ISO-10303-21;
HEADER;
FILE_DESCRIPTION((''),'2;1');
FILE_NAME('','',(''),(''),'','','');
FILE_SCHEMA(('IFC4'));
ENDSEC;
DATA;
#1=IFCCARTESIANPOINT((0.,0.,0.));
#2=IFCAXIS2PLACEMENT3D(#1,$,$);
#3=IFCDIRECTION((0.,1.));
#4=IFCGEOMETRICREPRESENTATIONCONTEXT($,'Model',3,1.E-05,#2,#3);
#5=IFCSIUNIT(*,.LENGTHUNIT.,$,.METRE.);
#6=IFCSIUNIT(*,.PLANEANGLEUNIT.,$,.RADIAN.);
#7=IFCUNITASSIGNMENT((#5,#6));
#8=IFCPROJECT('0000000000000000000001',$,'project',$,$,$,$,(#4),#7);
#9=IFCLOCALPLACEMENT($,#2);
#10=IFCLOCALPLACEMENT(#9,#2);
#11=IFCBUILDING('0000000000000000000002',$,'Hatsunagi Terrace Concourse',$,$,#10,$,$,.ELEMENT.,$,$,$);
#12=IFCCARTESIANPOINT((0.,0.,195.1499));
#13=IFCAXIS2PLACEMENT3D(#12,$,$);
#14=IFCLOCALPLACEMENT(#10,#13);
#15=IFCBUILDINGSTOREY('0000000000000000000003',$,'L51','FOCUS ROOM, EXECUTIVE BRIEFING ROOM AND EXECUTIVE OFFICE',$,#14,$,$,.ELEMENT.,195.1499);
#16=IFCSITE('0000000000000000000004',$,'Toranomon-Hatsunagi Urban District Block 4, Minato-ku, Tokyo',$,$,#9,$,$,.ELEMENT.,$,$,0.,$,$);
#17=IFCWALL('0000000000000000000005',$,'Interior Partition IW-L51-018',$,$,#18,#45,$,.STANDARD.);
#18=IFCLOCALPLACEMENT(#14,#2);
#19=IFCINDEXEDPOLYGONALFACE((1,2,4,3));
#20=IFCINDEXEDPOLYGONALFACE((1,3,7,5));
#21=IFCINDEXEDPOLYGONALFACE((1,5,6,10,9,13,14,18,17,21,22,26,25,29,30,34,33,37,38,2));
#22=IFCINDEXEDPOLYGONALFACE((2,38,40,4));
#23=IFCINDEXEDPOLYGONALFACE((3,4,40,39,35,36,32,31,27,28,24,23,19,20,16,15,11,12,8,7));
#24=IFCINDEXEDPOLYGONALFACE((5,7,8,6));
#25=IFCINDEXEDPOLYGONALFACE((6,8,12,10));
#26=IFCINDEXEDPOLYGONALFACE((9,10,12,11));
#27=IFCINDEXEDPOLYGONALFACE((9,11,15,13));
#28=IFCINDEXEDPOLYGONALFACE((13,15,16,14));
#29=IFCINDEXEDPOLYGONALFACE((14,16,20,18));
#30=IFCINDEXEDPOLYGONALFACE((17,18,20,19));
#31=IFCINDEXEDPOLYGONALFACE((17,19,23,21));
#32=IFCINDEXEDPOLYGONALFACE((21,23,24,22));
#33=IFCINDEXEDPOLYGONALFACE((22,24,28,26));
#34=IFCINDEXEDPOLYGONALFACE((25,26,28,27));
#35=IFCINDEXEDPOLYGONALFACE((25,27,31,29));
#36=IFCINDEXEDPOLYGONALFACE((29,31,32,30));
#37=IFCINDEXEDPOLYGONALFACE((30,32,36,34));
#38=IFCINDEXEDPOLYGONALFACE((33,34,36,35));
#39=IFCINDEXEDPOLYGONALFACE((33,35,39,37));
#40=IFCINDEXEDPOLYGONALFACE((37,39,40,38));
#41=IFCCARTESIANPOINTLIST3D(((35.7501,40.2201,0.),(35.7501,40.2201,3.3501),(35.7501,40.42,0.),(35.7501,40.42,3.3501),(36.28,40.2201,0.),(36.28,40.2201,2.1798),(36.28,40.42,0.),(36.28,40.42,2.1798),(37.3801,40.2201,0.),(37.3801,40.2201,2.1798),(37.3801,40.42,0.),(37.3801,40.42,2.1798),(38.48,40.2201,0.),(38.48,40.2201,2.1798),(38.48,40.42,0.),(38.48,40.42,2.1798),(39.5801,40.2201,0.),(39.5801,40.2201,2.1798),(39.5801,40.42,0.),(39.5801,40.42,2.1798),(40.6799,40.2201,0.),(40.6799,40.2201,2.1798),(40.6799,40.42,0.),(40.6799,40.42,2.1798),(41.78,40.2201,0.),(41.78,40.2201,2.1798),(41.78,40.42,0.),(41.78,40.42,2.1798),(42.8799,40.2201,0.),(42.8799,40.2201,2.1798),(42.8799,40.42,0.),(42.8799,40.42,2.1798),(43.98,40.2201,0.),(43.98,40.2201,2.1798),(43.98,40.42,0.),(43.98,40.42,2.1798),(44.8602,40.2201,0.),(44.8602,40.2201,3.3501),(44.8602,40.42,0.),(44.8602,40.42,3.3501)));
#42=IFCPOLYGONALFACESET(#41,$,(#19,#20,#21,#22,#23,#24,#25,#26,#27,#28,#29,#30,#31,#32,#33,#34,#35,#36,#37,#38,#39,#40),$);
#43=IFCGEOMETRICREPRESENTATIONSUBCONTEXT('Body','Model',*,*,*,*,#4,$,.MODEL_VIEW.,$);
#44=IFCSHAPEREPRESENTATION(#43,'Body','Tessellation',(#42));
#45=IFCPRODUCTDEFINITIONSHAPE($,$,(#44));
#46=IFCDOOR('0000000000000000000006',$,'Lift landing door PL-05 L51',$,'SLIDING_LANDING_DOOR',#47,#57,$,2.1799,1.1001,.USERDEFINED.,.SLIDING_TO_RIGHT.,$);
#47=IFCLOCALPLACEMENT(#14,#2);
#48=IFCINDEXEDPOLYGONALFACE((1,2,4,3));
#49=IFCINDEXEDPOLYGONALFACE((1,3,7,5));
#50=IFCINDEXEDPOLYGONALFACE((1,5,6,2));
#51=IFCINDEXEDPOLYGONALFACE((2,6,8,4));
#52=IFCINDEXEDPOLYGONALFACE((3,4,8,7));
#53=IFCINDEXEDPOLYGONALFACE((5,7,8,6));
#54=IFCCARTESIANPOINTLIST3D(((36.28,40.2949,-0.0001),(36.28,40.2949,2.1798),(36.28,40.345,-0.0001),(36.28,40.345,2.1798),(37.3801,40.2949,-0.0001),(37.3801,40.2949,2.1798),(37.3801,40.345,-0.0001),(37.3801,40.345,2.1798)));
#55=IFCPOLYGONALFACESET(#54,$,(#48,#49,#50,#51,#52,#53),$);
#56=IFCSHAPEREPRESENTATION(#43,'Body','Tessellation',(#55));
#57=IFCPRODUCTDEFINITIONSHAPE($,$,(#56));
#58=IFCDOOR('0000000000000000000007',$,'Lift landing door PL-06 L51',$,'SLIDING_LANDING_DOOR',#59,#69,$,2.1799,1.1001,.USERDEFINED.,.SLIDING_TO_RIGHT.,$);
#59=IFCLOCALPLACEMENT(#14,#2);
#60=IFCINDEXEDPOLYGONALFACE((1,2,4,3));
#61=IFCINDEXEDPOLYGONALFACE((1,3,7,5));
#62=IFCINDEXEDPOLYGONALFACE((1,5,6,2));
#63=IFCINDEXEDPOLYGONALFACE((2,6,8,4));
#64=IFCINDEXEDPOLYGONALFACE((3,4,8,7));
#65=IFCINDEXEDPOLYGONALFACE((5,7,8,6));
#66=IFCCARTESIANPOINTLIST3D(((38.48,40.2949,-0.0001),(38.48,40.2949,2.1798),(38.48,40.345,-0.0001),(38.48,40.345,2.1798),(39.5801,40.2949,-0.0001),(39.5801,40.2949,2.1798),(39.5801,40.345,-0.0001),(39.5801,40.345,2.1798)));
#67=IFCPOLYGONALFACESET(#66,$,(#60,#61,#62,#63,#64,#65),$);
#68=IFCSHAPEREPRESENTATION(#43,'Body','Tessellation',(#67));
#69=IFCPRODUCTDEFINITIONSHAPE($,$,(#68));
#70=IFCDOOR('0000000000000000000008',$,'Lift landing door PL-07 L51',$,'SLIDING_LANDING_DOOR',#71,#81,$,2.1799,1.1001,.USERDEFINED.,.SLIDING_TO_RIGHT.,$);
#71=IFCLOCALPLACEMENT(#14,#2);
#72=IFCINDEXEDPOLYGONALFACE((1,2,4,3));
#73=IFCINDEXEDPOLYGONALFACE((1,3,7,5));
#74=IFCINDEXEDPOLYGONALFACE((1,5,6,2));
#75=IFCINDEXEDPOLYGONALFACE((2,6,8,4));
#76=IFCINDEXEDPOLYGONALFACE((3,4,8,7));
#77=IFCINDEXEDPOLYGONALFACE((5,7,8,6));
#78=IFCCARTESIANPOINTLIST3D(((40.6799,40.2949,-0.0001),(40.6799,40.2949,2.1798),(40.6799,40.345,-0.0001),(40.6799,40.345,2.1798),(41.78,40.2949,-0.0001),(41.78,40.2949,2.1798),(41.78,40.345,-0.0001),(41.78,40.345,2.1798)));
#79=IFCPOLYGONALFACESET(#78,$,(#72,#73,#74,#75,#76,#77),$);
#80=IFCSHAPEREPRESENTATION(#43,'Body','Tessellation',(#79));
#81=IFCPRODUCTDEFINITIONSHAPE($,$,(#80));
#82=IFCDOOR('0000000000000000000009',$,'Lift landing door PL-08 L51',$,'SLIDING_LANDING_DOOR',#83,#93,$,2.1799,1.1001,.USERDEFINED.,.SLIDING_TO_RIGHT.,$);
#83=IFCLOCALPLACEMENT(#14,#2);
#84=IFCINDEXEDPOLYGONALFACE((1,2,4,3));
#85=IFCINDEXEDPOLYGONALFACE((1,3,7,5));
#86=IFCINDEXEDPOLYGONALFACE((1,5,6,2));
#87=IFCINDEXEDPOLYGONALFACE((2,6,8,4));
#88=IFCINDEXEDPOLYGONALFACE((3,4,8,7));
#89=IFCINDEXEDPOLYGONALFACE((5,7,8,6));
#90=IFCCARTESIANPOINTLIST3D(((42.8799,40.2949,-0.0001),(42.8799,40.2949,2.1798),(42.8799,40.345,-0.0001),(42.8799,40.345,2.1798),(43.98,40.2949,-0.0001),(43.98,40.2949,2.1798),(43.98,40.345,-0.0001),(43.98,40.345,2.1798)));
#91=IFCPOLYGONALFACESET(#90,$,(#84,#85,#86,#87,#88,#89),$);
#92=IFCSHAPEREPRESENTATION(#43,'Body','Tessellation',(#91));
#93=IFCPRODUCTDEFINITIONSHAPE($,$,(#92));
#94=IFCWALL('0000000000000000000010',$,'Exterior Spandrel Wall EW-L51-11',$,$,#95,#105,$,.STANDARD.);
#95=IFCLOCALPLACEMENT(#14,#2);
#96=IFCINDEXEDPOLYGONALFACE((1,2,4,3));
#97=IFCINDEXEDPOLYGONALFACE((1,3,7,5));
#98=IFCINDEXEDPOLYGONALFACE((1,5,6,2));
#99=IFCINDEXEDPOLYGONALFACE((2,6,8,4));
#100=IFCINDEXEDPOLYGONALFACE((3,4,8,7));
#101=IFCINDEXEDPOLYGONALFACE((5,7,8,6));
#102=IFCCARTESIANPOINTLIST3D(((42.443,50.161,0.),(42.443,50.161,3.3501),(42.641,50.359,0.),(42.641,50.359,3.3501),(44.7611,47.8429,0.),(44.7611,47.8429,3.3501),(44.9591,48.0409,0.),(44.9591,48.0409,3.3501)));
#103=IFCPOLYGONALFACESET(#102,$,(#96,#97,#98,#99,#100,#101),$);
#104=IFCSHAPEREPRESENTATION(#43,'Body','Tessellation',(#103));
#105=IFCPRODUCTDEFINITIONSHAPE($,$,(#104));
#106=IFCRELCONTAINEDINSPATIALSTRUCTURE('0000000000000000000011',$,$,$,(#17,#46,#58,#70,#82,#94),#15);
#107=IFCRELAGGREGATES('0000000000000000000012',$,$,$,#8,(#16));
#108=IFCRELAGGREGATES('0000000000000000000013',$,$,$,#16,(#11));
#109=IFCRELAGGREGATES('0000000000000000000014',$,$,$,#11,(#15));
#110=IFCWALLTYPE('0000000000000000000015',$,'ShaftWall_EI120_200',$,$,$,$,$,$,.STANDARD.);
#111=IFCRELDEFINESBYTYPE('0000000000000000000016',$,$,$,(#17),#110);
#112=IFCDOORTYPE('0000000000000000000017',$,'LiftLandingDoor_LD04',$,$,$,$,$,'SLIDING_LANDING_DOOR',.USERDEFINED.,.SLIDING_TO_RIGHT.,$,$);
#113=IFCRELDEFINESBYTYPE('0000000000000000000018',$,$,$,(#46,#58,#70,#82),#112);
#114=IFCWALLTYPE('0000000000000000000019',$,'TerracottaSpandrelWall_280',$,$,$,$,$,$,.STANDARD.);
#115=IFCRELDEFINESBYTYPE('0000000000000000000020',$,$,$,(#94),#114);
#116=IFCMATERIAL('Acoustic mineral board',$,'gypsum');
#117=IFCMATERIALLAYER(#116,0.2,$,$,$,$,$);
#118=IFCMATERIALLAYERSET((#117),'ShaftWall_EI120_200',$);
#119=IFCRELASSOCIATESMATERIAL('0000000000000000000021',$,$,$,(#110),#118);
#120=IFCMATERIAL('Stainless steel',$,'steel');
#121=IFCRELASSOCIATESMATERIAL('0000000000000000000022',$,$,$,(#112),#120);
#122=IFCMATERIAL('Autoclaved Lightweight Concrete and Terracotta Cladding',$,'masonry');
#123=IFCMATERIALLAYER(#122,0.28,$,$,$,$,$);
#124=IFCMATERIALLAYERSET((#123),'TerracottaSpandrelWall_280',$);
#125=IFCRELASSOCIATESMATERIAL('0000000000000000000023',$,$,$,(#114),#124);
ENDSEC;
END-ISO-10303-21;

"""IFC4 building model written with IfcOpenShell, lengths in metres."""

from ifc_helpers import new_model, si_unit, direction, frame, frame_2d, origin, place, context, subcontext, project, spatial, rectangle, extrude, material, layer, layer_set, type_object, element, fill, save


model = new_model("IFC4")

# Units and contexts
model_context = context("Model", 3, precision=1e-05, world=origin(), true_north=direction((0.0, 1.0)))
body_context = subcontext(model_context, "Body", "Model", "MODEL_VIEW")
ifc_project = project(units=[si_unit("LENGTHUNIT", "METRE"), si_unit("PLANEANGLEUNIT", "RADIAN")], contexts=[model_context])

# Site, building, storey
site_placement = place(None, origin())
site = spatial("IfcSite", under=ifc_project, at=site_placement, Name="Toranomon-Hatsunagi Urban District Block 4, Minato-ku, Tokyo", CompositionType="ELEMENT", RefElevation=0.0)
building_placement = place(site_placement, origin())
building = spatial("IfcBuilding", under=site, at=building_placement, Name="Hatsunagi Terrace Concourse", CompositionType="ELEMENT")
storey_placement = place(building_placement, frame((0.0, 0.0, 195.1499)))
storey = spatial("IfcBuildingStorey", under=building, at=storey_placement, Name="L51", Description="FOCUS ROOM, EXECUTIVE BRIEFING ROOM AND EXECUTIVE OFFICE", CompositionType="ELEMENT", Elevation=195.1499)

# Shared definitions
ifc_material_1 = material(Name="Acoustic mineral board", Category="gypsum")
ifc_layer_1 = layer(ifc_material_1, 0.2)
ifc_layer_set_1 = layer_set([ifc_layer_1], Name="ShaftWall_EI120_200")
wall_type_1 = type_object("IfcWallType", Name="ShaftWall_EI120_200", PredefinedType="STANDARD", material=ifc_layer_set_1)

# Wall, openings, doors
wall_1_placement = place(storey_placement, frame((35.75, 40.3201, 0.0), z_axis=(0.0, 0.0, 1.0), x_axis=(1.0, 0.0, 0.0)))
wall_1 = element("IfcWall", 1, at=wall_1_placement, inside=storey, type_object=wall_type_1, Name="Interior Partition IW-L51-018", PredefinedType="STANDARD", context=body_context, shape_type="SweptSolid", body=[
    extrude(rectangle(XDim=9.1101, YDim=0.2, at=frame_2d((4.5552, 0.0))), origin(), (0.0, 0.0, 1.0), 3.3501),
])
opening_1_placement = place(wall_1_placement, frame((0.53, 0.0, 0.0)))
opening_1 = element("IfcOpeningElement", 2, at=opening_1_placement, cuts=wall_1, PredefinedType="OPENING", context=body_context, shape_type="SweptSolid", body=[
    extrude(rectangle(XDim=1.1001, YDim=2.1799, at=frame_2d((0.55, 1.0898))), frame((0.0, 0.1099, 0.0), z_axis=(0.0, -1.0, 0.0), x_axis=(1.0, 0.0, 0.0)), (0.0, 0.0, 1.0), 0.22),
])
opening_2_placement = place(wall_1_placement, frame((2.73, 0.0, 0.0)))
opening_2 = element("IfcOpeningElement", 3, at=opening_2_placement, cuts=wall_1, PredefinedType="OPENING", context=body_context, shape_type="SweptSolid", body=[
    extrude(rectangle(XDim=1.1001, YDim=2.1799, at=frame_2d((0.55, 1.0898))), frame((0.0, 0.1099, 0.0), z_axis=(0.0, -1.0, 0.0), x_axis=(1.0, 0.0, 0.0)), (0.0, 0.0, 1.0), 0.22),
])
opening_3_placement = place(wall_1_placement, frame((4.9299, 0.0, 0.0)))
opening_3 = element("IfcOpeningElement", 4, at=opening_3_placement, cuts=wall_1, PredefinedType="OPENING", context=body_context, shape_type="SweptSolid", body=[
    extrude(rectangle(XDim=1.1001, YDim=2.1799, at=frame_2d((0.55, 1.0898))), frame((0.0, 0.1099, 0.0), z_axis=(0.0, -1.0, 0.0), x_axis=(1.0, 0.0, 0.0)), (0.0, 0.0, 1.0), 0.22),
])
opening_4_placement = place(wall_1_placement, frame((7.1299, 0.0, 0.0)))
opening_4 = element("IfcOpeningElement", 5, at=opening_4_placement, cuts=wall_1, PredefinedType="OPENING", context=body_context, shape_type="SweptSolid", body=[
    extrude(rectangle(XDim=1.1001, YDim=2.1799, at=frame_2d((0.55, 1.0898))), frame((0.0, 0.1099, 0.0), z_axis=(0.0, -1.0, 0.0), x_axis=(1.0, 0.0, 0.0)), (0.0, 0.0, 1.0), 0.22),
])
ifc_material_2 = material(Name="Stainless steel", Category="steel")
door_type_1 = type_object("IfcDoorType", Name="LiftLandingDoor_LD04", ElementType="SLIDING_LANDING_DOOR", OperationType="SLIDING_TO_RIGHT", PredefinedType="USERDEFINED", material=ifc_material_2)
door_1_placement = place(opening_1_placement, origin())
door_1 = element("IfcDoor", 6, at=door_1_placement, inside=storey, type_object=door_type_1, Name="Lift landing door PL-05 L51", ObjectType="SLIDING_LANDING_DOOR", OperationType="SLIDING_TO_RIGHT", OverallHeight=2.1799, OverallWidth=1.1001, PredefinedType="USERDEFINED", context=body_context, shape_type="SweptSolid", body=[
    extrude(rectangle(XDim=1.1001, YDim=2.1799, at=frame_2d((0.55, 1.0898))), frame((0.0, 0.0249, 0.0), z_axis=(0.0, -1.0, 0.0), x_axis=(1.0, 0.0, 0.0)), (0.0, 0.0, 1.0), 0.05),
])
fill(opening_1, door_1)
door_2_placement = place(opening_2_placement, origin())
door_2 = element("IfcDoor", 7, at=door_2_placement, inside=storey, type_object=door_type_1, Name="Lift landing door PL-06 L51", ObjectType="SLIDING_LANDING_DOOR", OperationType="SLIDING_TO_RIGHT", OverallHeight=2.1799, OverallWidth=1.1001, PredefinedType="USERDEFINED", context=body_context, shape_type="SweptSolid", body=[
    extrude(rectangle(XDim=1.1001, YDim=2.1799, at=frame_2d((0.55, 1.0898))), frame((0.0, 0.0249, 0.0), z_axis=(0.0, -1.0, 0.0), x_axis=(1.0, 0.0, 0.0)), (0.0, 0.0, 1.0), 0.05),
])
fill(opening_2, door_2)
door_3_placement = place(opening_3_placement, origin())
door_3 = element("IfcDoor", 8, at=door_3_placement, inside=storey, type_object=door_type_1, Name="Lift landing door PL-07 L51", ObjectType="SLIDING_LANDING_DOOR", OperationType="SLIDING_TO_RIGHT", OverallHeight=2.1799, OverallWidth=1.1001, PredefinedType="USERDEFINED", context=body_context, shape_type="SweptSolid", body=[
    extrude(rectangle(XDim=1.1001, YDim=2.1799, at=frame_2d((0.55, 1.0898))), frame((0.0, 0.0249, 0.0), z_axis=(0.0, -1.0, 0.0), x_axis=(1.0, 0.0, 0.0)), (0.0, 0.0, 1.0), 0.05),
])
fill(opening_3, door_3)
door_4_placement = place(opening_4_placement, origin())
door_4 = element("IfcDoor", 9, at=door_4_placement, inside=storey, type_object=door_type_1, Name="Lift landing door PL-08 L51", ObjectType="SLIDING_LANDING_DOOR", OperationType="SLIDING_TO_RIGHT", OverallHeight=2.1799, OverallWidth=1.1001, PredefinedType="USERDEFINED", context=body_context, shape_type="SweptSolid", body=[
    extrude(rectangle(XDim=1.1001, YDim=2.1799, at=frame_2d((0.55, 1.0898))), frame((0.0, 0.0249, 0.0), z_axis=(0.0, -1.0, 0.0), x_axis=(1.0, 0.0, 0.0)), (0.0, 0.0, 1.0), 0.05),
])
fill(opening_4, door_4)

# Wall
ifc_material_3 = material(Name="Autoclaved Lightweight Concrete and Terracotta Cladding", Category="masonry")
ifc_layer_2 = layer(ifc_material_3, 0.28)
ifc_layer_set_2 = layer_set([ifc_layer_2], Name="TerracottaSpandrelWall_280")
wall_type_2 = type_object("IfcWallType", Name="TerracottaSpandrelWall_280", PredefinedType="STANDARD", material=ifc_layer_set_2)
wall_2_placement = place(storey_placement, frame((42.542, 50.26, 0.0), z_axis=(0.0, 0.0, 1.0), x_axis=(0.707107, -0.707107, 0.0)))
element("IfcWall", 10, at=wall_2_placement, inside=storey, type_object=wall_type_2, Name="Exterior Spandrel Wall EW-L51-11", PredefinedType="STANDARD", context=body_context, shape_type="SweptSolid", body=[
    extrude(rectangle(XDim=3.2783, YDim=0.28, at=frame_2d((1.6392, 0.0))), origin(), (0.0, 0.0, 1.0), 3.3501),
])

save(model, "model.ifc")
